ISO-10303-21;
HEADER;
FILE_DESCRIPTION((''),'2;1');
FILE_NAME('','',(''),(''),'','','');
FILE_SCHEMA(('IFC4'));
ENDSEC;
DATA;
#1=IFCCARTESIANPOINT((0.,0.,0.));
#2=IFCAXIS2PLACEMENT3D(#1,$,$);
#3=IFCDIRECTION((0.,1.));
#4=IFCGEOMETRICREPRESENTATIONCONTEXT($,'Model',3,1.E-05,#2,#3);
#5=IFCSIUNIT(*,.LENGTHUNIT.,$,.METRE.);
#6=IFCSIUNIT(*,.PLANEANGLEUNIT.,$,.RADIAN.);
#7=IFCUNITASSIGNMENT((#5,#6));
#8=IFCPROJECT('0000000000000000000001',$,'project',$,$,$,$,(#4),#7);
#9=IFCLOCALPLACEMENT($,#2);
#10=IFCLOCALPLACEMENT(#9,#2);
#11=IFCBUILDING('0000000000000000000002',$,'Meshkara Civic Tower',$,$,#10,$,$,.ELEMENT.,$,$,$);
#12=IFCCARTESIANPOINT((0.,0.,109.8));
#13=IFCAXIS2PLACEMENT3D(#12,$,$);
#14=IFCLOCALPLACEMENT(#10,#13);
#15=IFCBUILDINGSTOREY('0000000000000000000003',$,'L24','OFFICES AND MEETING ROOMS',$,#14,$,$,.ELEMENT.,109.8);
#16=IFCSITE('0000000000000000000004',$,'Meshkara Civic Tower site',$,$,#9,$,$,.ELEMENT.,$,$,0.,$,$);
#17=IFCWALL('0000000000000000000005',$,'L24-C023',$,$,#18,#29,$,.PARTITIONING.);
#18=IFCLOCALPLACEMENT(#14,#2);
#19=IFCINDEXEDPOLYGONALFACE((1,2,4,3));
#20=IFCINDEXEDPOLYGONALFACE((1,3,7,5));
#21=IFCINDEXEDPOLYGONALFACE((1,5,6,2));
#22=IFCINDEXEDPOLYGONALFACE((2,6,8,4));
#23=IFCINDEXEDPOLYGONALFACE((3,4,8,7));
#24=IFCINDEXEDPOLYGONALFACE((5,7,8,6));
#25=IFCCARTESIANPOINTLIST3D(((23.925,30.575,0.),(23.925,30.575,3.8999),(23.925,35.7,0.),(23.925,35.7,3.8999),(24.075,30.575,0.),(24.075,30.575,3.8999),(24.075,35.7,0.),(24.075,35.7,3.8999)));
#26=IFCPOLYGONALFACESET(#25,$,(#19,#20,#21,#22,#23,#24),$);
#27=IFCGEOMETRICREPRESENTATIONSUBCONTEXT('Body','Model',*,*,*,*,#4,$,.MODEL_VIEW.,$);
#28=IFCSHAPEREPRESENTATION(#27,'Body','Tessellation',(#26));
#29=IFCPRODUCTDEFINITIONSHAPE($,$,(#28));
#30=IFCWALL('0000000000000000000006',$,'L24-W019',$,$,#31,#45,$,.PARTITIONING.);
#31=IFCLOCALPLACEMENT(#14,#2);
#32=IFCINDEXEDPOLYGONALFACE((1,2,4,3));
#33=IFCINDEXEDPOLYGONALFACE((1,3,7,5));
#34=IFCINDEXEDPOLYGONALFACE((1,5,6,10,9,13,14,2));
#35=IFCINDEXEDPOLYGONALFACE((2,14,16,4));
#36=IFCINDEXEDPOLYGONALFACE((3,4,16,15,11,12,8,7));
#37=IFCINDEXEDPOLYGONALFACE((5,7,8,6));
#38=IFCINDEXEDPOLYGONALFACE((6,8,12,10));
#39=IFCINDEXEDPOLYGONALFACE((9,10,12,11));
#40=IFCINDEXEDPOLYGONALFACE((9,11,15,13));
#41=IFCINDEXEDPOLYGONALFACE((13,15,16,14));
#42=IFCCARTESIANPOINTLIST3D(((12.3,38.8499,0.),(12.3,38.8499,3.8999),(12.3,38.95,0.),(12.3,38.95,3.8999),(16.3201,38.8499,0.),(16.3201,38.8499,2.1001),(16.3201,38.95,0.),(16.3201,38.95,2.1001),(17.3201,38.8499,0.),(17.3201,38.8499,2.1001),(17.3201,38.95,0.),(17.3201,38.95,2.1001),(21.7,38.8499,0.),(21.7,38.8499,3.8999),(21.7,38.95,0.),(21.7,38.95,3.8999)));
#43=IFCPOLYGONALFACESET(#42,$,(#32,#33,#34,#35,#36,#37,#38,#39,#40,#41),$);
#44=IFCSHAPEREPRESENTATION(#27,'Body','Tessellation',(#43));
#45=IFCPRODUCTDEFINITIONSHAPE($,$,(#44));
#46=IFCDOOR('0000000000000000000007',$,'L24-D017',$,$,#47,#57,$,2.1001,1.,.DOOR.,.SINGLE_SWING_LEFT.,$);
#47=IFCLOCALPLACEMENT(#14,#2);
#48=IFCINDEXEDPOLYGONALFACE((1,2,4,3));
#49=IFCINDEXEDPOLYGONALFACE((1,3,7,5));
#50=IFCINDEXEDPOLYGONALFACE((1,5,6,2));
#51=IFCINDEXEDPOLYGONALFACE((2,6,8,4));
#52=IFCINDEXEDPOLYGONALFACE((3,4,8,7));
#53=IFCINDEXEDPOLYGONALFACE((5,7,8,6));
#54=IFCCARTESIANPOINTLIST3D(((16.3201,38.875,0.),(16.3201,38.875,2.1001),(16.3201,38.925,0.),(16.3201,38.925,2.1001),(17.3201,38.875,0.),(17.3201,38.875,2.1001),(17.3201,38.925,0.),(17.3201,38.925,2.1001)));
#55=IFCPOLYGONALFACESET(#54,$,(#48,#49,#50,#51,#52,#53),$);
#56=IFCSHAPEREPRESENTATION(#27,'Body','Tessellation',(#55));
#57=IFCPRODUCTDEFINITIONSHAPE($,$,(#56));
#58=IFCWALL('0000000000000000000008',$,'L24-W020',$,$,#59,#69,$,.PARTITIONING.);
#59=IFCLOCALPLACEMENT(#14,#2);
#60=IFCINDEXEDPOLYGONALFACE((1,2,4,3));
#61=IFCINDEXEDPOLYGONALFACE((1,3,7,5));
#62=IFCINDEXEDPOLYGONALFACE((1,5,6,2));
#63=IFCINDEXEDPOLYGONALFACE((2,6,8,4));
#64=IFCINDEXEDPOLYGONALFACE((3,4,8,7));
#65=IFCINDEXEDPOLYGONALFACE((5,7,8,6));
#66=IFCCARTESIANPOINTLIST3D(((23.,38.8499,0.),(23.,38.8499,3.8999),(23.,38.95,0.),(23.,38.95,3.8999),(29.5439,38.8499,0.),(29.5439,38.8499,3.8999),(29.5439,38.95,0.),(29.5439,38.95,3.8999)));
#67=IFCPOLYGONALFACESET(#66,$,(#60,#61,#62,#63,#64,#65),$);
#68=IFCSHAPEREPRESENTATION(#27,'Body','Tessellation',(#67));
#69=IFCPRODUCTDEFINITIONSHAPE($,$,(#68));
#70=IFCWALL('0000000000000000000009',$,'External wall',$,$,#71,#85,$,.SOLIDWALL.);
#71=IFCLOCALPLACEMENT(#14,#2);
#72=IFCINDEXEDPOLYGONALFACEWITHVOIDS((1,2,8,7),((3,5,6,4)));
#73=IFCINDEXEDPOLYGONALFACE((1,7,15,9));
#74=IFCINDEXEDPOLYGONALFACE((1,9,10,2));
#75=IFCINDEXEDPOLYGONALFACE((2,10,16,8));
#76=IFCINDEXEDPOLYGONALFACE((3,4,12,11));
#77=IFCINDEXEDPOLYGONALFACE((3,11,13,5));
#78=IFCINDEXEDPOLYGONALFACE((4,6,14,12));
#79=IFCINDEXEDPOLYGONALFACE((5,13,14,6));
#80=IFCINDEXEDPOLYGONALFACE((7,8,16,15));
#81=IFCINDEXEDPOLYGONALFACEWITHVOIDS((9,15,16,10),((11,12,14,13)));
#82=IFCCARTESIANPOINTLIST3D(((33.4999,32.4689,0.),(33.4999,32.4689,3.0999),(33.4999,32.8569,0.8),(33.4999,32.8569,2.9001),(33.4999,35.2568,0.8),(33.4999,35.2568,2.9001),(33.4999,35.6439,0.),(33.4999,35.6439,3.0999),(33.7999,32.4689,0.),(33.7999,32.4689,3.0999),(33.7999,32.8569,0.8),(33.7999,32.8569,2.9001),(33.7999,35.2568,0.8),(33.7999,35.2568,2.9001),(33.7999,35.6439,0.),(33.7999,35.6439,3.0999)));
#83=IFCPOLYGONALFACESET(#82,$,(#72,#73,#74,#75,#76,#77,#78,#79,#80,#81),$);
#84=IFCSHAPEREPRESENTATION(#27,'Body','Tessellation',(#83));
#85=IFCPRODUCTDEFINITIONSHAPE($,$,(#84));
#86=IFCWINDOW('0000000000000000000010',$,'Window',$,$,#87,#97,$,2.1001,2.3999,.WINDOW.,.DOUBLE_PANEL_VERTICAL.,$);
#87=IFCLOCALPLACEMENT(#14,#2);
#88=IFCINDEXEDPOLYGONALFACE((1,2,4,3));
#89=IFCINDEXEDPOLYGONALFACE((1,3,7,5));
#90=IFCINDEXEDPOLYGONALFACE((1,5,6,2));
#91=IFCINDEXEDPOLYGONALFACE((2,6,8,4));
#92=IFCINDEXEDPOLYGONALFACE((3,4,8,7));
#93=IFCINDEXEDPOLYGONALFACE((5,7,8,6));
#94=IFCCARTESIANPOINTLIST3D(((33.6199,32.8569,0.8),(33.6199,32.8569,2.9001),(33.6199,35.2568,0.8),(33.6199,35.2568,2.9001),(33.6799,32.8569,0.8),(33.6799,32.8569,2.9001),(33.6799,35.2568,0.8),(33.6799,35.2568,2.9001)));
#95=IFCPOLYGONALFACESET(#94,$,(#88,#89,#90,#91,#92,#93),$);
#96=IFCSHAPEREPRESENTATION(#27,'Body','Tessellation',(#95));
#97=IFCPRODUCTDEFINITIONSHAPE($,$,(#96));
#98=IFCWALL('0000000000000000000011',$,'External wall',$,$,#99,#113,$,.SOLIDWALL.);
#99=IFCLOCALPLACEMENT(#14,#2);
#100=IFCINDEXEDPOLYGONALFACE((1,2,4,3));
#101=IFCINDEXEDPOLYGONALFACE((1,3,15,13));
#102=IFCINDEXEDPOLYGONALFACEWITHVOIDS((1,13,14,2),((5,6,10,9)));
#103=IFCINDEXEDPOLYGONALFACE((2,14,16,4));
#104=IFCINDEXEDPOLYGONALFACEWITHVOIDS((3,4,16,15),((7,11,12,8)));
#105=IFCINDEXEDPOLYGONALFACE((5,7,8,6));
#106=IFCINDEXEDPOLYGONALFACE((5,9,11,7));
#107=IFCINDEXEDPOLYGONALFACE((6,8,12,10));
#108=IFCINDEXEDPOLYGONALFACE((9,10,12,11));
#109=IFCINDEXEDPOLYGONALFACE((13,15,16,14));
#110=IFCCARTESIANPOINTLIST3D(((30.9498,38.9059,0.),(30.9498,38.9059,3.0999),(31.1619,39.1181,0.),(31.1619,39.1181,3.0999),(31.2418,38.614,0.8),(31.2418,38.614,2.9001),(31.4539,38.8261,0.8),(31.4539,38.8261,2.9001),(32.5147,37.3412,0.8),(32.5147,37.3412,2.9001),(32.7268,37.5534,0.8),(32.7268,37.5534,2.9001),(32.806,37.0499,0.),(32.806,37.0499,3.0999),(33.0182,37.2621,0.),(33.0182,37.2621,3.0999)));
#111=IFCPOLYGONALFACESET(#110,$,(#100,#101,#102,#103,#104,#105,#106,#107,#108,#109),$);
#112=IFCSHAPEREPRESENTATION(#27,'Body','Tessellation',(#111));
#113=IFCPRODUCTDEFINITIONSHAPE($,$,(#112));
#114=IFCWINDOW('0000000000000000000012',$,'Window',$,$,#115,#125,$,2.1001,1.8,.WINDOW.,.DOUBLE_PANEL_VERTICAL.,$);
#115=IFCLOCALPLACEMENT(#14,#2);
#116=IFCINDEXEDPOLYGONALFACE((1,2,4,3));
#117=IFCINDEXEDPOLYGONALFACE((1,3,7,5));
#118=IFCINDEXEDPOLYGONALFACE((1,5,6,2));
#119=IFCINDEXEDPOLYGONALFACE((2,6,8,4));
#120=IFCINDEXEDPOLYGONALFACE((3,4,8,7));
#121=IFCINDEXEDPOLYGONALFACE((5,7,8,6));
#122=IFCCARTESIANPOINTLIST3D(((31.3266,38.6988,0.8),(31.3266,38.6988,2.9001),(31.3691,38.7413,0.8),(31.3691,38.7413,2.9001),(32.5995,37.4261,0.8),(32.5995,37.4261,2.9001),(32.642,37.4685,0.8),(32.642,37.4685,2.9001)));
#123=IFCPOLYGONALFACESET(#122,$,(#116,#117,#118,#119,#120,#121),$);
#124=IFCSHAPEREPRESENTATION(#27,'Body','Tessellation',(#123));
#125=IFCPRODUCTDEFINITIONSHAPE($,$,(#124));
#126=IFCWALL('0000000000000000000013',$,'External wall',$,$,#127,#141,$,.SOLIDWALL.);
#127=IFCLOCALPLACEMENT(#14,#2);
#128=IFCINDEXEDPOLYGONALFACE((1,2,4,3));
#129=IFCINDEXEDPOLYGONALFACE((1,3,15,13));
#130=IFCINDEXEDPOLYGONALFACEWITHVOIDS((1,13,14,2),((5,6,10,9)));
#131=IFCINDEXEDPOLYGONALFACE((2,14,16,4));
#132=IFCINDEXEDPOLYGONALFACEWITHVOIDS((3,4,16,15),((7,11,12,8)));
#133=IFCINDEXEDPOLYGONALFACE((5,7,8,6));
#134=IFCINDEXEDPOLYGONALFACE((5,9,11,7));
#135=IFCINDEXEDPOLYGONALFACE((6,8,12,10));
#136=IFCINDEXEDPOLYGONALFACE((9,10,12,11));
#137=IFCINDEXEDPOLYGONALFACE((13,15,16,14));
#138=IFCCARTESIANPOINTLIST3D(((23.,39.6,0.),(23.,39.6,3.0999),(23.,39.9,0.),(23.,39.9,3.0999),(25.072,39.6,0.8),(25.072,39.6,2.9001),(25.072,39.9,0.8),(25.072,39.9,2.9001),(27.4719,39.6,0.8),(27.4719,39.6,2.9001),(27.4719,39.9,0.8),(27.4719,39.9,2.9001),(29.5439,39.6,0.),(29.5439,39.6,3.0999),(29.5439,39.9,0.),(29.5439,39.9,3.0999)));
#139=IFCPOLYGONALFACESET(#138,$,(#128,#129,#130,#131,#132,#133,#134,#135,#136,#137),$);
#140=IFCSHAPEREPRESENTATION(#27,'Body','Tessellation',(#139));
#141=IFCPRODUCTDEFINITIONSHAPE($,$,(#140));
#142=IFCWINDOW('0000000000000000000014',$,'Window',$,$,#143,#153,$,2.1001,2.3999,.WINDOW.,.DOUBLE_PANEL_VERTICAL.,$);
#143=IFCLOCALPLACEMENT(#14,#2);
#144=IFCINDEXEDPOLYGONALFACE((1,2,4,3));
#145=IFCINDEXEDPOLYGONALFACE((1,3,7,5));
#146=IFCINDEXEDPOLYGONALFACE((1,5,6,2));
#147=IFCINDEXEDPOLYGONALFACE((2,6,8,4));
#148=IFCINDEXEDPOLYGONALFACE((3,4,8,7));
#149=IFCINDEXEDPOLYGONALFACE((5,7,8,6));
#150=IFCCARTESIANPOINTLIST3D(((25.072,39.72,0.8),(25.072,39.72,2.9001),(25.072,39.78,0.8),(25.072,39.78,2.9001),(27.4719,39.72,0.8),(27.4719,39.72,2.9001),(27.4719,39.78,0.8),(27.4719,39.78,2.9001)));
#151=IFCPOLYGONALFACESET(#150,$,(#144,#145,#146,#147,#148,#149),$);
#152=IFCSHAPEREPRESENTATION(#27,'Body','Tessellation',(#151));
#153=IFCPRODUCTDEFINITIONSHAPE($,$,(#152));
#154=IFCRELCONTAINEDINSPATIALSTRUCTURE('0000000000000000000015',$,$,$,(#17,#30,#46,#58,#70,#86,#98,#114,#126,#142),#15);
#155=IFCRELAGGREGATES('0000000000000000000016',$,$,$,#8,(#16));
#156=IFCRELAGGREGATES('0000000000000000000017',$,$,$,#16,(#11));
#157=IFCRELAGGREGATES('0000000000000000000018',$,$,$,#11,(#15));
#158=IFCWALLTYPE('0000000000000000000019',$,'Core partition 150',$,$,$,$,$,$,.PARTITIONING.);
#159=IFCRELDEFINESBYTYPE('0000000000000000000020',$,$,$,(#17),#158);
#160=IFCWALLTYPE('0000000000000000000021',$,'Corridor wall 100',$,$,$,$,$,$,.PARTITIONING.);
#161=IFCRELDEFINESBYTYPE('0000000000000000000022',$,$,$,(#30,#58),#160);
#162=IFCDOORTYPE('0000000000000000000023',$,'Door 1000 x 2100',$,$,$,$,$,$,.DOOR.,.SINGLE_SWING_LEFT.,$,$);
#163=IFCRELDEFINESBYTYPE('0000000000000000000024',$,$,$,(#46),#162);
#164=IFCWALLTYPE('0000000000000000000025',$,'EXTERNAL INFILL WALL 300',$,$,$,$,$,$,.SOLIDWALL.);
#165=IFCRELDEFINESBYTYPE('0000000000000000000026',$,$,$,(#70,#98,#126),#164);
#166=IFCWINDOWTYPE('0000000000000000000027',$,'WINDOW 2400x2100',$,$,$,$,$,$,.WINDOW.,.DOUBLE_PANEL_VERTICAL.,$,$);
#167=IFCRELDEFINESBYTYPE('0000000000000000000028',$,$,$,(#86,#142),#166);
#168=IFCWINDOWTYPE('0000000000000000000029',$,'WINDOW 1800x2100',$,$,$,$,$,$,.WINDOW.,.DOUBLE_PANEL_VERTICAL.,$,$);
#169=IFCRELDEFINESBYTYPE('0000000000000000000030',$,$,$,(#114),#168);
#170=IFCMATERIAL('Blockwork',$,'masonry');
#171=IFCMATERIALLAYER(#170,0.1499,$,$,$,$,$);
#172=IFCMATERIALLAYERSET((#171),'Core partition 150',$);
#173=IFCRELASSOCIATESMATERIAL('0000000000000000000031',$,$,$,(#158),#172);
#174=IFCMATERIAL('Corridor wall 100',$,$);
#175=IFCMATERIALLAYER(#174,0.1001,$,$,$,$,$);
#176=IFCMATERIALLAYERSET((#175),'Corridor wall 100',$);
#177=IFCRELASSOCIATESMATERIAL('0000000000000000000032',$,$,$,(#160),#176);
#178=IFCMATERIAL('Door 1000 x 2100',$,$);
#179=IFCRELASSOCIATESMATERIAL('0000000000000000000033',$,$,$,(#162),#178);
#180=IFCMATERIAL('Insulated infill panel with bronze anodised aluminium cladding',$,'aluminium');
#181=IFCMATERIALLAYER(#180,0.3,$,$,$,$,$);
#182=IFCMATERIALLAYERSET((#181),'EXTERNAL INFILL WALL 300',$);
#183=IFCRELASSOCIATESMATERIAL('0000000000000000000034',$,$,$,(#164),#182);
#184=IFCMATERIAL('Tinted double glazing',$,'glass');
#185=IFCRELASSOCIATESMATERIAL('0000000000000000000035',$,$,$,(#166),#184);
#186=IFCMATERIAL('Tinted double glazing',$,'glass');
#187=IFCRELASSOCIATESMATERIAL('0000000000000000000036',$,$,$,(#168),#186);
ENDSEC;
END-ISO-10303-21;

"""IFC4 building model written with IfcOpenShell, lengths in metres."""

from ifc_helpers import new_model, si_unit, direction, frame, frame_2d, origin, place, context, subcontext, project, spatial, rectangle, extrude, material, layer, layer_set, type_object, element, fill, save


model = new_model("IFC4")

# Units and contexts
model_context = context("Model", 3, precision=1e-05, world=origin(), true_north=direction((0.0, 1.0)))
body_context = subcontext(model_context, "Body", "Model", "MODEL_VIEW")
ifc_project = project(units=[si_unit("LENGTHUNIT", "METRE"), si_unit("PLANEANGLEUNIT", "RADIAN")], contexts=[model_context])

# Site, building, storey
site_placement = place(None, origin())
site = spatial("IfcSite", under=ifc_project, at=site_placement, Name="Meshkara Civic Tower site", CompositionType="ELEMENT", RefElevation=0.0)
building_placement = place(site_placement, origin())
building = spatial("IfcBuilding", under=site, at=building_placement, Name="Meshkara Civic Tower", CompositionType="ELEMENT")
storey_placement = place(building_placement, frame((0.0, 0.0, 109.8)))
storey = spatial("IfcBuildingStorey", under=building, at=storey_placement, Name="L24", Description="OFFICES AND MEETING ROOMS", CompositionType="ELEMENT", Elevation=109.8)

# Shared definitions
ifc_material_1 = material(Name="Blockwork", Category="masonry")
ifc_layer_1 = layer(ifc_material_1, 0.1499)
ifc_layer_set_1 = layer_set([ifc_layer_1], Name="Core partition 150")
wall_type_1 = type_object("IfcWallType", Name="Core partition 150", PredefinedType="PARTITIONING", material=ifc_layer_set_1)

# Wall
for number, where, z_axis, x_axis, name in (
    (1, (24.0, 30.575, 0.0), (0.0, 0.0, 1.0), (0.0, 1.0, 0.0), "L24-C023"),
):
    element("IfcWall", number, at=place(storey_placement, frame(where, z_axis=z_axis, x_axis=x_axis)), inside=storey, type_object=wall_type_1, Name=name, PredefinedType="PARTITIONING", context=body_context, shape_type="SweptSolid", body=[
        extrude(rectangle(XDim=5.125, YDim=0.1499, at=frame_2d((2.5625, 0.0))), origin(), (0.0, 0.0, 1.0), 3.8999),
    ])

# Wall, opening, door
ifc_material_2 = material(Name="Corridor wall 100")
ifc_layer_2 = layer(ifc_material_2, 0.1001)
ifc_layer_set_2 = layer_set([ifc_layer_2], Name="Corridor wall 100")
wall_type_2 = type_object("IfcWallType", Name="Corridor wall 100", PredefinedType="PARTITIONING", material=ifc_layer_set_2)
wall_1_placement = place(storey_placement, frame((21.7, 38.8999, 0.0), z_axis=(0.0, 0.0, 1.0), x_axis=(-1.0, 0.0, 0.0)))
wall_1 = element("IfcWall", 2, at=wall_1_placement, inside=storey, type_object=wall_type_2, Name="L24-W019", PredefinedType="PARTITIONING", context=body_context, shape_type="SweptSolid", body=[
    extrude(rectangle(XDim=9.3999, YDim=0.1001, at=frame_2d((4.7, 0.0))), origin(), (0.0, 0.0, 1.0), 3.8999),
])
opening_1_placement = place(wall_1_placement, frame((4.3799, 0.0, 0.0)))
opening_1 = element("IfcOpeningElement", 3, at=opening_1_placement, cuts=wall_1, PredefinedType="OPENING", context=body_context, shape_type="SweptSolid", body=[
    extrude(rectangle(XDim=1.0, YDim=2.1001, at=frame_2d((0.5, 1.05))), frame((0.0, 0.0601, 0.0), z_axis=(0.0, -1.0, 0.0), x_axis=(1.0, 0.0, 0.0)), (0.0, 0.0, 1.0), 0.1201),
])
ifc_material_3 = material(Name="Door 1000 x 2100")
door_type_1 = type_object("IfcDoorType", Name="Door 1000 x 2100", OperationType="SINGLE_SWING_LEFT", PredefinedType="DOOR", material=ifc_material_3)
door_1_placement = place(opening_1_placement, origin())
door_1 = element("IfcDoor", 4, at=door_1_placement, inside=storey, type_object=door_type_1, Name="L24-D017", OperationType="SINGLE_SWING_LEFT", OverallHeight=2.1001, OverallWidth=1.0, PredefinedType="DOOR", context=body_context, shape_type="SweptSolid", body=[
    extrude(rectangle(XDim=1.0, YDim=2.1001, at=frame_2d((0.5, 1.05))), frame((0.0, 0.0249, 0.0), z_axis=(0.0, -1.0, 0.0), x_axis=(1.0, 0.0, 0.0)), (0.0, 0.0, 1.0), 0.05),
])
fill(opening_1, door_1)

# Wall
wall_2_placement = place(storey_placement, frame((29.5439, 38.8999, 0.0), z_axis=(0.0, 0.0, 1.0), x_axis=(-1.0, 0.0, 0.0)))
element("IfcWall", 5, at=wall_2_placement, inside=storey, type_object=wall_type_2, Name="L24-W020", PredefinedType="PARTITIONING", context=body_context, shape_type="SweptSolid", body=[
    extrude(rectangle(XDim=6.5439, YDim=0.1001, at=frame_2d((3.272, 0.0))), origin(), (0.0, 0.0, 1.0), 3.8999),
])

# Walls, openings, windows
ifc_material_4 = material(Name="Insulated infill panel with bronze anodised aluminium cladding", Category="aluminium")
ifc_layer_3 = layer(ifc_material_4, 0.3)
ifc_layer_set_3 = layer_set([ifc_layer_3], Name="EXTERNAL INFILL WALL 300")
wall_type_3 = type_object("IfcWallType", Name="EXTERNAL INFILL WALL 300", PredefinedType="SOLIDWALL", material=ifc_layer_set_3)
wall_3_placement = place(storey_placement, frame((33.6499, 32.469, 0.0), z_axis=(0.0, 0.0, 1.0), x_axis=(0.0, 1.0, 0.0)))
wall_3 = element("IfcWall", 6, at=wall_3_placement, inside=storey, type_object=wall_type_3, Name="External wall", PredefinedType="SOLIDWALL", context=body_context, shape_type="SweptSolid", body=[
    extrude(rectangle(XDim=3.175, YDim=0.3, at=frame_2d((1.5874, 0.0))), origin(), (0.0, 0.0, 1.0), 3.0999),
])
opening_2_placement = place(wall_3_placement, frame((0.3879, 0.0, 0.8)))
opening_2 = element("IfcOpeningElement", 7, at=opening_2_placement, cuts=wall_3, PredefinedType="OPENING", context=body_context, shape_type="SweptSolid", body=[
    extrude(rectangle(XDim=2.3999, YDim=2.1001, at=frame_2d((1.2, 1.05))), frame((0.0, 0.1599, 0.0), z_axis=(0.0, -1.0, 0.0), x_axis=(1.0, 0.0, 0.0)), (0.0, 0.0, 1.0), 0.3201),
])
ifc_material_5 = material(Name="Tinted double glazing", Category="glass")
window_type_1 = type_object("IfcWindowType", Name="WINDOW 2400x2100", PartitioningType="DOUBLE_PANEL_VERTICAL", PredefinedType="WINDOW", material=ifc_material_5)
window_1_placement = place(opening_2_placement, origin())
window_1 = element("IfcWindow", 8, at=window_1_placement, inside=storey, type_object=window_type_1, Name="Window", OverallHeight=2.1001, OverallWidth=2.3999, PartitioningType="DOUBLE_PANEL_VERTICAL", PredefinedType="WINDOW", context=body_context, shape_type="SweptSolid", body=[
    extrude(rectangle(XDim=2.3999, YDim=2.1001, at=frame_2d((1.2, 1.05))), frame((0.0, 0.03, 0.0), z_axis=(0.0, -1.0, 0.0), x_axis=(1.0, 0.0, 0.0)), (0.0, 0.0, 1.0), 0.0601),
])
fill(opening_2, window_1)
wall_4_placement = place(storey_placement, frame((32.9121, 37.156, 0.0), z_axis=(0.0, 0.0, 1.0), x_axis=(-0.707153, 0.70706, 0.0)))
wall_4 = element("IfcWall", 9, at=wall_4_placement, inside=storey, type_object=wall_type_3, Name="External wall", PredefinedType="SOLIDWALL", context=body_context, shape_type="SweptSolid", body=[
    extrude(rectangle(XDim=2.625, YDim=0.3, at=frame_2d((1.3125, 0.0))), origin(), (0.0, 0.0, 1.0), 3.0999),
])
opening_3_placement = place(wall_4_placement, frame((0.4121, 0.0, 0.8)))
opening_3 = element("IfcOpeningElement", 10, at=opening_3_placement, cuts=wall_4, PredefinedType="OPENING", context=body_context, shape_type="SweptSolid", body=[
    extrude(rectangle(XDim=1.8, YDim=2.1001, at=frame_2d((0.8999, 1.05))), frame((0.0, 0.1599, 0.0), z_axis=(0.0, -1.0, 0.0), x_axis=(1.0, 0.0, 0.0)), (0.0, 0.0, 1.0), 0.3201),
])
ifc_material_6 = material(Name="Tinted double glazing", Category="glass")
window_type_2 = type_object("IfcWindowType", Name="WINDOW 1800x2100", PartitioningType="DOUBLE_PANEL_VERTICAL", PredefinedType="WINDOW", material=ifc_material_6)
window_2_placement = place(opening_3_placement, origin())
window_2 = element("IfcWindow", 11, at=window_2_placement, inside=storey, type_object=window_type_2, Name="Window", OverallHeight=2.1001, OverallWidth=1.8, PartitioningType="DOUBLE_PANEL_VERTICAL", PredefinedType="WINDOW", context=body_context, shape_type="SweptSolid", body=[
    extrude(rectangle(XDim=1.8, YDim=2.1001, at=frame_2d((0.8999, 1.05))), frame((0.0, 0.03, 0.0), z_axis=(0.0, -1.0, 0.0), x_axis=(1.0, 0.0, 0.0)), (0.0, 0.0, 1.0), 0.0601),
])
fill(opening_3, window_2)
wall_5_placement = place(storey_placement, frame((29.5439, 39.75, 0.0), z_axis=(0.0, 0.0, 1.0), x_axis=(-1.0, 0.0, 0.0)))
wall_5 = element("IfcWall", 12, at=wall_5_placement, inside=storey, type_object=wall_type_3, Name="External wall", PredefinedType="SOLIDWALL", context=body_context, shape_type="SweptSolid", body=[
    extrude(rectangle(XDim=6.5439, YDim=0.3, at=frame_2d((3.272, 0.0))), origin(), (0.0, 0.0, 1.0), 3.0999),
])
opening_4_placement = place(wall_5_placement, frame((2.072, 0.0, 0.8)))
opening_4 = element("IfcOpeningElement", 13, at=opening_4_placement, cuts=wall_5, PredefinedType="OPENING", context=body_context, shape_type="SweptSolid", body=[
    extrude(rectangle(XDim=2.3999, YDim=2.1001, at=frame_2d((1.2, 1.05))), frame((0.0, 0.1599, 0.0), z_axis=(0.0, -1.0, 0.0), x_axis=(1.0, 0.0, 0.0)), (0.0, 0.0, 1.0), 0.3201),
])
window_3_placement = place(opening_4_placement, origin())
window_3 = element("IfcWindow", 14, at=window_3_placement, inside=storey, type_object=window_type_1, Name="Window", OverallHeight=2.1001, OverallWidth=2.3999, PartitioningType="DOUBLE_PANEL_VERTICAL", PredefinedType="WINDOW", context=body_context, shape_type="SweptSolid", body=[
    extrude(rectangle(XDim=2.3999, YDim=2.1001, at=frame_2d((1.2, 1.05))), frame((0.0, 0.03, 0.0), z_axis=(0.0, -1.0, 0.0), x_axis=(1.0, 0.0, 0.0)), (0.0, 0.0, 1.0), 0.0601),
])
fill(opening_4, window_3)

save(model, "model.ifc")
